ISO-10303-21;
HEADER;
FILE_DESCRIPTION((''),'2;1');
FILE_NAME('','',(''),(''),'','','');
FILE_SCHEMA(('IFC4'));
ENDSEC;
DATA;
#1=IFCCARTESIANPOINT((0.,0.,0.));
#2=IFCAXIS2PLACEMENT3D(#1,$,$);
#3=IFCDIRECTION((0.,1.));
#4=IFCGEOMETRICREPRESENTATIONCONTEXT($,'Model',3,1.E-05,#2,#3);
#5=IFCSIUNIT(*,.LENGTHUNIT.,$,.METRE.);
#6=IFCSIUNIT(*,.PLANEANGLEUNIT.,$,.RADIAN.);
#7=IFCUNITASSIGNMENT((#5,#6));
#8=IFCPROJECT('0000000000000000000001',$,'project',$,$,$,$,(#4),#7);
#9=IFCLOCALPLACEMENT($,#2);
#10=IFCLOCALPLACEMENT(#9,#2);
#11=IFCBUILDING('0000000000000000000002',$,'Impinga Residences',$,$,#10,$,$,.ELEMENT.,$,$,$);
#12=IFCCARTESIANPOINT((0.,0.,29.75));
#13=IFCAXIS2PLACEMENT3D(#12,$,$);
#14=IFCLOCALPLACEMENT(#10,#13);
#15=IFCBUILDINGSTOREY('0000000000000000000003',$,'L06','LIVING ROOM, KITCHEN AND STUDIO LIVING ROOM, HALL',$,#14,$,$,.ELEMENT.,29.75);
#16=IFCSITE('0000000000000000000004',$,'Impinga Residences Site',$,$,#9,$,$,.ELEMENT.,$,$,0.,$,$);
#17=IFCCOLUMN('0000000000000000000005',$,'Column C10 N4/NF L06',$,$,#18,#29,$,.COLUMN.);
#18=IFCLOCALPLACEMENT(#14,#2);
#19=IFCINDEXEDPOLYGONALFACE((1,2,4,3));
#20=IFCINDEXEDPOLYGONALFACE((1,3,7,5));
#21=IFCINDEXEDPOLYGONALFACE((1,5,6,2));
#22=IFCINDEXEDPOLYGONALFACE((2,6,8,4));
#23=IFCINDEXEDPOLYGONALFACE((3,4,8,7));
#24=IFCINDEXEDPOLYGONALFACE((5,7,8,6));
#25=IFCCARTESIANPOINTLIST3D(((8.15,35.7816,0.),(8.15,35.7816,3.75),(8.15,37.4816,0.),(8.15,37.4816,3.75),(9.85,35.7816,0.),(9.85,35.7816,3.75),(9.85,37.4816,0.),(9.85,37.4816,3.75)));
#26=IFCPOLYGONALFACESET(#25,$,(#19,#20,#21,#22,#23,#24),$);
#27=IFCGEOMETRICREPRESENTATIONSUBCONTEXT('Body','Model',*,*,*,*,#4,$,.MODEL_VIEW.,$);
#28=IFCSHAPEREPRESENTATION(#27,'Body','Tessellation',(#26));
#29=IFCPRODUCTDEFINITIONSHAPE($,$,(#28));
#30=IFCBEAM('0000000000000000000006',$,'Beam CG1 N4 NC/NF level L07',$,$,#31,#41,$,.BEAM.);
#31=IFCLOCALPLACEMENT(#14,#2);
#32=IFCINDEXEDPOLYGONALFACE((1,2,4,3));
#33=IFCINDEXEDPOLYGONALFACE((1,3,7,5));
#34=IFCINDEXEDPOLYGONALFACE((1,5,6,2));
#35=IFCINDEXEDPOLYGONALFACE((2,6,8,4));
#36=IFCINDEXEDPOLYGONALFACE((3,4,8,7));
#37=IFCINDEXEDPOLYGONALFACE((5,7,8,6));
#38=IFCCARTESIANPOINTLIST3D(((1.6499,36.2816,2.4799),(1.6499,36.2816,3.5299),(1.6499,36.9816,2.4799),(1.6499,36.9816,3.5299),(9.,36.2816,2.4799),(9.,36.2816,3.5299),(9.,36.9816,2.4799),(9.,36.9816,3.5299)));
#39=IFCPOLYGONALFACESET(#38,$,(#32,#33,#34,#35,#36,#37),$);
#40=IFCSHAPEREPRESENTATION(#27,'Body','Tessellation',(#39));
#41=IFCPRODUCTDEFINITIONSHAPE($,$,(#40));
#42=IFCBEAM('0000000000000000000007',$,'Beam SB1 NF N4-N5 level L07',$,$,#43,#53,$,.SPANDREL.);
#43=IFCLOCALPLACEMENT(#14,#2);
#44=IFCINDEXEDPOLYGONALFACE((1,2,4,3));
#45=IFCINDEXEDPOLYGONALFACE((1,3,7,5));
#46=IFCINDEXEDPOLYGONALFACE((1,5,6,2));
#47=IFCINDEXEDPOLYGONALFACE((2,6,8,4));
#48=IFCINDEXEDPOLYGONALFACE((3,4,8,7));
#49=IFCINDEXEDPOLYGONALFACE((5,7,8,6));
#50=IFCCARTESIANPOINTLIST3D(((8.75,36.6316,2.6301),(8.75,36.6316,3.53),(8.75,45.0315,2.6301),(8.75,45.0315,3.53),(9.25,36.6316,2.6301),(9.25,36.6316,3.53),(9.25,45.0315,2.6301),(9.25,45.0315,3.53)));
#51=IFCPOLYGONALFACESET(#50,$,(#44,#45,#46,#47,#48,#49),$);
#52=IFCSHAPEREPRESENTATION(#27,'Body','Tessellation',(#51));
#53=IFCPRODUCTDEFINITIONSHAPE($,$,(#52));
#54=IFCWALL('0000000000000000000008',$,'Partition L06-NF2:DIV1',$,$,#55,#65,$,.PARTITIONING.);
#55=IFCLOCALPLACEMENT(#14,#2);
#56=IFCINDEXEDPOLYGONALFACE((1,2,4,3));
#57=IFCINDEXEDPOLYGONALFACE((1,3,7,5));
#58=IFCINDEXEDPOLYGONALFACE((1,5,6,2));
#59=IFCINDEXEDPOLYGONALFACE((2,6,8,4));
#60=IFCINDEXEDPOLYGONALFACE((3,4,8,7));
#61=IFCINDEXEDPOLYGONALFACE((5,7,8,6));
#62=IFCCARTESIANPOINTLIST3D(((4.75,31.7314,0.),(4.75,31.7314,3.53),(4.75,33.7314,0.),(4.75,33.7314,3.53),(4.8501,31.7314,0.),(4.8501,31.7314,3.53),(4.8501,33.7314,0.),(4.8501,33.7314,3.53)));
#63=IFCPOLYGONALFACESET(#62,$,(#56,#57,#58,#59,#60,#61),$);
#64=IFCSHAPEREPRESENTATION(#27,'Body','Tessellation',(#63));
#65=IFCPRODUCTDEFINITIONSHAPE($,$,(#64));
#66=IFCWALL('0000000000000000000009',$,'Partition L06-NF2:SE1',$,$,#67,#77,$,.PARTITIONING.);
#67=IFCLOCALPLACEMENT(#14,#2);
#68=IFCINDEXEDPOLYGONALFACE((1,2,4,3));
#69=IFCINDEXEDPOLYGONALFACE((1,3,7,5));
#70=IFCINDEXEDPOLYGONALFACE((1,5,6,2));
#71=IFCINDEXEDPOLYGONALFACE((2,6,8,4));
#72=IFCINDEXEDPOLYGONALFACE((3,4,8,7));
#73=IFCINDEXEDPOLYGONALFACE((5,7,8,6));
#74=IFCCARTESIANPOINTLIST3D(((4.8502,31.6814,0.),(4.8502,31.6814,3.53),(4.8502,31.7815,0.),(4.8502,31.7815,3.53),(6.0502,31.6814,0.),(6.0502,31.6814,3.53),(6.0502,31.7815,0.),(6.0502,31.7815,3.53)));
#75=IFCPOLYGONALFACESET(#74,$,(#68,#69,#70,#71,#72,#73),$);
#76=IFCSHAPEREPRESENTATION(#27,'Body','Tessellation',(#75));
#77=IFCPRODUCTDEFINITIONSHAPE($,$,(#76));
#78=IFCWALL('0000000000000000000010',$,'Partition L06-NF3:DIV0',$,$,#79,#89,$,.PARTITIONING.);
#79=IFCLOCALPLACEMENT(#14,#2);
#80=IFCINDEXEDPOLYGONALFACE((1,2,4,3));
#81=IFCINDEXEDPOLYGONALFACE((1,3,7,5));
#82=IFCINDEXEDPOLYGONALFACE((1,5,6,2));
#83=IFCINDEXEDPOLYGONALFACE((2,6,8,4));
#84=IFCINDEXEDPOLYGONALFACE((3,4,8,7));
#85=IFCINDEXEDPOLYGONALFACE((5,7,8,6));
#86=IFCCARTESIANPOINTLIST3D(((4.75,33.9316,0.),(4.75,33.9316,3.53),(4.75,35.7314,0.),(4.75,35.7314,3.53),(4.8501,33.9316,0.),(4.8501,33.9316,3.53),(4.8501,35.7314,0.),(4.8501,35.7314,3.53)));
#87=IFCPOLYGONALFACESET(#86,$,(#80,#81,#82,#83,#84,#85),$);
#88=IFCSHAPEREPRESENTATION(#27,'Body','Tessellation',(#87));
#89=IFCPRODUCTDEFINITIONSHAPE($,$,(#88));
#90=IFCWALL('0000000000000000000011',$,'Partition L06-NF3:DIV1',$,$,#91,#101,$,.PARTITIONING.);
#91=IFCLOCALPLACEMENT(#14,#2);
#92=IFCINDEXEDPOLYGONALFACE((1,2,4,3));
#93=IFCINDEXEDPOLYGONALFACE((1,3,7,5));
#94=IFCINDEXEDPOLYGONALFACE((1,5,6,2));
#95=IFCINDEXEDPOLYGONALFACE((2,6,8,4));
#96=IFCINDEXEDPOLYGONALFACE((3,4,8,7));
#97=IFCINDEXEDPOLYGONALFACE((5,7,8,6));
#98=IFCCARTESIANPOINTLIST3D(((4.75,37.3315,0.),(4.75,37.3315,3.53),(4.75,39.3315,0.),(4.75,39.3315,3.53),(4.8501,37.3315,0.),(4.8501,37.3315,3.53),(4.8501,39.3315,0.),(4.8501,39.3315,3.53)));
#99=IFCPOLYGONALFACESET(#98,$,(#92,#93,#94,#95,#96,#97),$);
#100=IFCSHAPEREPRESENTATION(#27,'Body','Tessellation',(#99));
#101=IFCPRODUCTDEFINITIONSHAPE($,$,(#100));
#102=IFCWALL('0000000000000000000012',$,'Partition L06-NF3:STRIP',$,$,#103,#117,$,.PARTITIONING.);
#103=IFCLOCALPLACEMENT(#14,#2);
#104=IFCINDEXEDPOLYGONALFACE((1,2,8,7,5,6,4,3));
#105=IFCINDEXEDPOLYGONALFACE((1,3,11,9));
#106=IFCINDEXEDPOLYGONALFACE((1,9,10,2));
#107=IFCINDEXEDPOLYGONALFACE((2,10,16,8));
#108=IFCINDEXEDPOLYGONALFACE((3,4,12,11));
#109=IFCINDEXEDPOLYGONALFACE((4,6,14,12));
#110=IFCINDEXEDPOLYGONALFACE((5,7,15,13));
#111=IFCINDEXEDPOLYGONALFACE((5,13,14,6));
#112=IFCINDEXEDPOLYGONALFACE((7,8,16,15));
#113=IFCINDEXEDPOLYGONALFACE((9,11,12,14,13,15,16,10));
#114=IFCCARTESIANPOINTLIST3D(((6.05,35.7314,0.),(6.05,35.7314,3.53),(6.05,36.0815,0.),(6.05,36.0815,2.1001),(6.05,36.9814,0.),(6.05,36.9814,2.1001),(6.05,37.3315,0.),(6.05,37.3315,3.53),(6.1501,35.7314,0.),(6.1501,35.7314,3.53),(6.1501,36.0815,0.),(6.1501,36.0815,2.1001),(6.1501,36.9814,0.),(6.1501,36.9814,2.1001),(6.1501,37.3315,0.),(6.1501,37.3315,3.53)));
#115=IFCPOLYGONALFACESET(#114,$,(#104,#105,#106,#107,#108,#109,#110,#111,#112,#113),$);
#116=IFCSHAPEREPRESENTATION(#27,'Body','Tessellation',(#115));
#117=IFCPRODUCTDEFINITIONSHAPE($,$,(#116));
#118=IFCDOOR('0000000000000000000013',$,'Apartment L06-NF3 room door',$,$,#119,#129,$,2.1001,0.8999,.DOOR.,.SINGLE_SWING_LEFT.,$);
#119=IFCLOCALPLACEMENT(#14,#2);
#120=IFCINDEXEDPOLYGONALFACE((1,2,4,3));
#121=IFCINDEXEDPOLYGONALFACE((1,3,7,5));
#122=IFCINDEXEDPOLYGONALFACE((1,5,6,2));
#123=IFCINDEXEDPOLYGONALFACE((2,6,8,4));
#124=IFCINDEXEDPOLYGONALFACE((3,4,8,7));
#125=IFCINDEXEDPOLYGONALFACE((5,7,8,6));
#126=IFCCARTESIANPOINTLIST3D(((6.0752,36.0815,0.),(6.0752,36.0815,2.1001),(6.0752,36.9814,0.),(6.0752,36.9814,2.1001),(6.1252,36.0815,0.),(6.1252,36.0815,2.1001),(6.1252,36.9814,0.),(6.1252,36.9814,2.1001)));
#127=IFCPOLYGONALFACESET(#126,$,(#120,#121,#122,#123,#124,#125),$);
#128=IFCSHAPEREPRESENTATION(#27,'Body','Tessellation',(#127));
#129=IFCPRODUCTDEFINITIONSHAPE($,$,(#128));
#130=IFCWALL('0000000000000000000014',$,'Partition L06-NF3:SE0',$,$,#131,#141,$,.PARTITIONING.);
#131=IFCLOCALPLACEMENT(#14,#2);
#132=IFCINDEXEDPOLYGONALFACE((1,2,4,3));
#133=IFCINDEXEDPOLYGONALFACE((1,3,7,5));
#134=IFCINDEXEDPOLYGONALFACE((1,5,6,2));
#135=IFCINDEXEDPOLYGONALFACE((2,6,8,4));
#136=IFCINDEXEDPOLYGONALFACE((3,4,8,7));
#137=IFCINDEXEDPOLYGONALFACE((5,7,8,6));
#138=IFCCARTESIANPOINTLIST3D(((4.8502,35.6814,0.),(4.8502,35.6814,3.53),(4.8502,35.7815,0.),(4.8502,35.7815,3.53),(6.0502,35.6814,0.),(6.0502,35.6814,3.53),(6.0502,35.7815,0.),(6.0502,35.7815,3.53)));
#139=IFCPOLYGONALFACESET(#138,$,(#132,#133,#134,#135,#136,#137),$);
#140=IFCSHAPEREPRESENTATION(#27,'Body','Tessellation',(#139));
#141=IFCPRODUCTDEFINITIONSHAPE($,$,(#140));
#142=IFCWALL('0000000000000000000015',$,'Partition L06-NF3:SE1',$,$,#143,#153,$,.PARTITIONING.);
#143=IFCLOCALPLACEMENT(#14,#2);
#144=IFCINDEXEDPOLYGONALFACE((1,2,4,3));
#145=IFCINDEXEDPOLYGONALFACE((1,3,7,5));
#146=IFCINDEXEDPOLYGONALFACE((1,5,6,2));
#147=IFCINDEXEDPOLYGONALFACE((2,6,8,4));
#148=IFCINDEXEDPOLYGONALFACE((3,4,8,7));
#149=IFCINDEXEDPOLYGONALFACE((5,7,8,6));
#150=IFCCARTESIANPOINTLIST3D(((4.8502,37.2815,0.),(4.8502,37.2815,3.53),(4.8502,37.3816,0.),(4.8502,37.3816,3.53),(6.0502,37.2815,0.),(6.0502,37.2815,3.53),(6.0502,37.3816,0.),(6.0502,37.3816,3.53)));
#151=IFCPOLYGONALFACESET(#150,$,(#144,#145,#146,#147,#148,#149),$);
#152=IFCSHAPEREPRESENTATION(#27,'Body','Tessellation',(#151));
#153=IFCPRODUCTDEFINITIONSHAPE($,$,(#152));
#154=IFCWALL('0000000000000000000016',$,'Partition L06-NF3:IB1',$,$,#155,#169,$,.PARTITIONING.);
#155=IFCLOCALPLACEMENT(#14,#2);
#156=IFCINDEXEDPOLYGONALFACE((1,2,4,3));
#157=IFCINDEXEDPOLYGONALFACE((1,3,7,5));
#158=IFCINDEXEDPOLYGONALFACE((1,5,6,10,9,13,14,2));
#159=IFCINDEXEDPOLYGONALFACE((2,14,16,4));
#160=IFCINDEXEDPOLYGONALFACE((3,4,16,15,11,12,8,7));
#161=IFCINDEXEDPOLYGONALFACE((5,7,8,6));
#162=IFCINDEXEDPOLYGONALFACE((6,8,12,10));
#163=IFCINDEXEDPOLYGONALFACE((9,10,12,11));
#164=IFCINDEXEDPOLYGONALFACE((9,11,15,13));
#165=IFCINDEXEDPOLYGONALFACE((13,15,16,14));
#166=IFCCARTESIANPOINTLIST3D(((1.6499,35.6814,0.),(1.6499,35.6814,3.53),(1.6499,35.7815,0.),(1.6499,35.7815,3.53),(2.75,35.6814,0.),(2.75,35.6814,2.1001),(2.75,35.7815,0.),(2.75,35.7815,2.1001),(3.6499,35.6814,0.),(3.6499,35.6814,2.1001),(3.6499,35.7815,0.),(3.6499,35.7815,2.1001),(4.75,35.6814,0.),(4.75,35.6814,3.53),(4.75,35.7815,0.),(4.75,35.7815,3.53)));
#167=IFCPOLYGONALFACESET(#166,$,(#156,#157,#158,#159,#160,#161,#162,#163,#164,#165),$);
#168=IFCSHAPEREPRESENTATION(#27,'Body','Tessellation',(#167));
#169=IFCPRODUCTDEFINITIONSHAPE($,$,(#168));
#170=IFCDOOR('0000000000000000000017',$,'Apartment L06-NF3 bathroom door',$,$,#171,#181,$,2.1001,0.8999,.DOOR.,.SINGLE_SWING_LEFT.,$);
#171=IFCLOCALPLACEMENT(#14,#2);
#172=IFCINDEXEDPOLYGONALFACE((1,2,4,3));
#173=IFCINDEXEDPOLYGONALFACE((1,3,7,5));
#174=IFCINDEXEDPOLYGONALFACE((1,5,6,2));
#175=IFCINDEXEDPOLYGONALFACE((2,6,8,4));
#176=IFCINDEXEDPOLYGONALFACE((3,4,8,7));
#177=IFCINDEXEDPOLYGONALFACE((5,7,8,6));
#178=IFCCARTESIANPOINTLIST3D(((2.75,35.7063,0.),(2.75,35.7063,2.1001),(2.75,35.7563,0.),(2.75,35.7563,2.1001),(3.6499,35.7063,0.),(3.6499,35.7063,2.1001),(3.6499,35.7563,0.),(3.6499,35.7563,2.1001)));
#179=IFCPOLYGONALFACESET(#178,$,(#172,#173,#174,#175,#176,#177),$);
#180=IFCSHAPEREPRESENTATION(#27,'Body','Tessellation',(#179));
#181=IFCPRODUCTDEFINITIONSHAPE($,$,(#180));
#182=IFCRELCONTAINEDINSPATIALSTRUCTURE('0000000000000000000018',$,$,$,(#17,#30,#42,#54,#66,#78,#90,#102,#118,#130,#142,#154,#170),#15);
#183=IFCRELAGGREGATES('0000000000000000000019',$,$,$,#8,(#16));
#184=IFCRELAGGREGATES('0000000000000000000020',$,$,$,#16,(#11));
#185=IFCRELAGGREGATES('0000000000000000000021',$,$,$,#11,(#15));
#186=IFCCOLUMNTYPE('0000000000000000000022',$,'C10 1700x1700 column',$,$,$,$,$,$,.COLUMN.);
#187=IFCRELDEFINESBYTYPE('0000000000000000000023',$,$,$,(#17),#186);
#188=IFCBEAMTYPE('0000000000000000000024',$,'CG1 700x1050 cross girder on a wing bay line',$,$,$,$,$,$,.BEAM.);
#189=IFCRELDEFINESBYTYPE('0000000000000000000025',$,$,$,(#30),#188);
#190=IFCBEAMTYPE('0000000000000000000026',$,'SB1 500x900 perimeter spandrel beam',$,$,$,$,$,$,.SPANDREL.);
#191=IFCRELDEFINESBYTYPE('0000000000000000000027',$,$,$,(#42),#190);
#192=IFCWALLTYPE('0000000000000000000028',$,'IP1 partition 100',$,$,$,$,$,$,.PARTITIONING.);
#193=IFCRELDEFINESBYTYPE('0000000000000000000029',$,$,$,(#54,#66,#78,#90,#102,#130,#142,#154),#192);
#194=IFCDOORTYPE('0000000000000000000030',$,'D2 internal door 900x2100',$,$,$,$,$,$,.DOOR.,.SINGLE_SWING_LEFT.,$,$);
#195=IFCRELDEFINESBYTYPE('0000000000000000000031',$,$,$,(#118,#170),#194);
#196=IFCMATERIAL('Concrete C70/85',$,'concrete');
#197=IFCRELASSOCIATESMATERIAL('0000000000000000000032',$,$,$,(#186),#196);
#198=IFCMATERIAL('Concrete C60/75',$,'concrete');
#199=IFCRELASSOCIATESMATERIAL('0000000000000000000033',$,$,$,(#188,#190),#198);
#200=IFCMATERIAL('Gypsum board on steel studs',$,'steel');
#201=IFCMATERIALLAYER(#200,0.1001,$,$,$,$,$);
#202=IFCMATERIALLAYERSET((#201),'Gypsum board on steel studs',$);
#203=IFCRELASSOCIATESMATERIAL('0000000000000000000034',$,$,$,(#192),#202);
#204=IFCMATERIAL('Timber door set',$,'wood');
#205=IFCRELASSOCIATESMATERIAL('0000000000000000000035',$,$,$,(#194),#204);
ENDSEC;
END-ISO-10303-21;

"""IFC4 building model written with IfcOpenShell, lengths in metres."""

from ifc_helpers import new_model, si_unit, direction, frame, frame_2d, origin, origin_2d, place, context, subcontext, project, spatial, rectangle, extrude, material, layer, layer_set, material_profile, profile_set, type_object, element, fill, save


model = new_model("IFC4")

# Units and contexts
model_context = context("Model", 3, precision=1e-05, world=origin(), true_north=direction((0.0, 1.0)))
body_context = subcontext(model_context, "Body", "Model", "MODEL_VIEW")
ifc_project = project(units=[si_unit("LENGTHUNIT", "METRE"), si_unit("PLANEANGLEUNIT", "RADIAN")], contexts=[model_context])

# Site, building, storey
site_placement = place(None, origin())
site = spatial("IfcSite", under=ifc_project, at=site_placement, Name="Impinga Residences Site", CompositionType="ELEMENT", RefElevation=0.0)
building_placement = place(site_placement, origin())
building = spatial("IfcBuilding", under=site, at=building_placement, Name="Impinga Residences", CompositionType="ELEMENT")
storey_placement = place(building_placement, frame((0.0, 0.0, 29.75)))
storey = spatial("IfcBuildingStorey", under=building, at=storey_placement, Name="L06", Description="LIVING ROOM, KITCHEN AND STUDIO LIVING ROOM, HALL", CompositionType="ELEMENT", Elevation=29.75)

# Column
ifc_material_1 = material(Name="Concrete C70/85", Category="concrete")
ifc_material_profile_1 = material_profile(ifc_material_1, rectangle(XDim=1.7, YDim=1.7, at=origin_2d()), Name="RC 1700x1700")
ifc_profile_set_1 = profile_set([ifc_material_profile_1], Name="Concrete C70/85")
column_type = type_object("IfcColumnType", Name="C10 1700x1700 column", PredefinedType="COLUMN", material=ifc_profile_set_1)
column_placement = place(storey_placement, frame((9.0, 36.6316, 0.0), z_axis=(0.0, 0.0, 1.0), x_axis=(1.0, 0.0, 0.0)))
element("IfcColumn", 1, at=column_placement, inside=storey, type_object=column_type, Name="Column C10 N4/NF L06", PredefinedType="COLUMN", context=body_context, shape_type="SweptSolid", body=[
    extrude(rectangle(XDim=1.7, YDim=1.7, at=origin_2d()), origin(), (0.0, 0.0, 1.0), 3.75),
])

# Beams
ifc_material_2 = material(Name="Concrete C60/75", Category="concrete")
ifc_material_profile_2 = material_profile(ifc_material_2, rectangle(XDim=0.7, YDim=1.05, at=origin_2d()), Name="RC 700x1050")
ifc_profile_set_2 = profile_set([ifc_material_profile_2], Name="Concrete C60/75")
beam_type_1 = type_object("IfcBeamType", Name="CG1 700x1050 cross girder on a wing bay line", PredefinedType="BEAM", material=ifc_profile_set_2)
beam_1_placement = place(storey_placement, frame((1.6499, 36.6316, 3.0049), z_axis=(1.0, 0.0, 0.0), x_axis=(0.0, 1.0, 0.0)))
element("IfcBeam", 2, at=beam_1_placement, inside=storey, type_object=beam_type_1, Name="Beam CG1 N4 NC/NF level L07", PredefinedType="BEAM", context=body_context, shape_type="SweptSolid", body=[
    extrude(rectangle(XDim=0.7, YDim=1.05, at=origin_2d()), origin(), (0.0, 0.0, 1.0), 7.3501),
])
ifc_material_profile_3 = material_profile(ifc_material_2, rectangle(XDim=0.5, YDim=0.8999, at=origin_2d()), Name="RC 500x900")
ifc_profile_set_3 = profile_set([ifc_material_profile_3], Name="Concrete C60/75")
beam_type_2 = type_object("IfcBeamType", Name="SB1 500x900 perimeter spandrel beam", PredefinedType="SPANDREL", material=ifc_profile_set_3)
beam_2_placement = place(storey_placement, frame((9.0, 36.6316, 3.0801), z_axis=(0.0, 1.0, 0.0), x_axis=(-1.0, 0.0, 0.0)))
element("IfcBeam", 3, at=beam_2_placement, inside=storey, type_object=beam_type_2, Name="Beam SB1 NF N4-N5 level L07", PredefinedType="SPANDREL", context=body_context, shape_type="SweptSolid", body=[
    extrude(rectangle(XDim=0.5, YDim=0.8999, at=origin_2d()), origin(), (0.0, 0.0, 1.0), 8.3999),
])

# Walls
ifc_material_3 = material(Name="Gypsum board on steel studs", Category="steel")
ifc_layer_1 = layer(ifc_material_3, 0.1001)
ifc_layer_set_1 = layer_set([ifc_layer_1], Name="Gypsum board on steel studs")
wall_type_1 = type_object("IfcWallType", Name="IP1 partition 100", PredefinedType="PARTITIONING", material=ifc_layer_set_1)
wall_1_placement = place(storey_placement, frame((4.8, 31.7314, 0.0), z_axis=(0.0, 0.0, 1.0), x_axis=(0.0, 1.0, 0.0)))
element("IfcWall", 4, at=wall_1_placement, inside=storey, type_object=wall_type_1, Name="Partition L06-NF2:DIV1", PredefinedType="PARTITIONING", context=body_context, shape_type="SweptSolid", body=[
    extrude(rectangle(XDim=2.0, YDim=0.1001, at=frame_2d((1.0, 0.0))), origin(), (0.0, 0.0, 1.0), 3.53),
])
wall_2_placement = place(storey_placement, frame((4.8501, 31.7314, 0.0), z_axis=(0.0, 0.0, 1.0), x_axis=(1.0, 0.0, 0.0)))
element("IfcWall", 5, at=wall_2_placement, inside=storey, type_object=wall_type_1, Name="Partition L06-NF2:SE1", PredefinedType="PARTITIONING", context=body_context, shape_type="SweptSolid", body=[
    extrude(rectangle(XDim=1.2, YDim=0.1001, at=frame_2d((0.6001, 0.0))), origin(), (0.0, 0.0, 1.0), 3.53),
])
wall_3_placement = place(storey_placement, frame((4.8, 33.9316, 0.0), z_axis=(0.0, 0.0, 1.0), x_axis=(0.0, 1.0, 0.0)))
element("IfcWall", 6, at=wall_3_placement, inside=storey, type_object=wall_type_1, Name="Partition L06-NF3:DIV0", PredefinedType="PARTITIONING", context=body_context, shape_type="SweptSolid", body=[
    extrude(rectangle(XDim=1.7998, YDim=0.1001, at=frame_2d((0.8999, 0.0))), origin(), (0.0, 0.0, 1.0), 3.53),
])
wall_4_placement = place(storey_placement, frame((4.8, 37.3315, 0.0), z_axis=(0.0, 0.0, 1.0), x_axis=(0.0, 1.0, 0.0)))
element("IfcWall", 7, at=wall_4_placement, inside=storey, type_object=wall_type_1, Name="Partition L06-NF3:DIV1", PredefinedType="PARTITIONING", context=body_context, shape_type="SweptSolid", body=[
    extrude(rectangle(XDim=2.0, YDim=0.1001, at=frame_2d((1.0, 0.0))), origin(), (0.0, 0.0, 1.0), 3.53),
])

# Wall, opening, door
wall_5_placement = place(storey_placement, frame((6.1001, 35.7314, 0.0), z_axis=(0.0, 0.0, 1.0), x_axis=(0.0, 1.0, 0.0)))
wall_5 = element("IfcWall", 8, at=wall_5_placement, inside=storey, type_object=wall_type_1, Name="Partition L06-NF3:STRIP", PredefinedType="PARTITIONING", context=body_context, shape_type="SweptSolid", body=[
    extrude(rectangle(XDim=1.6001, YDim=0.1001, at=frame_2d((0.8, 0.0))), origin(), (0.0, 0.0, 1.0), 3.53),
])
opening_1_placement = place(wall_5_placement, frame((0.3501, 0.0, 0.0)))
opening_1 = element("IfcOpeningElement", 9, at=opening_1_placement, cuts=wall_5, PredefinedType="OPENING", context=body_context, shape_type="SweptSolid", body=[
    extrude(rectangle(XDim=0.8999, YDim=2.1001, at=frame_2d((0.45, 1.05))), frame((0.0, 0.0601, 0.0), z_axis=(0.0, -1.0, 0.0), x_axis=(1.0, 0.0, 0.0)), (0.0, 0.0, 1.0), 0.1201),
])
ifc_material_4 = material(Name="Timber door set", Category="wood")
door_type = type_object("IfcDoorType", Name="D2 internal door 900x2100", OperationType="SINGLE_SWING_LEFT", PredefinedType="DOOR", material=ifc_material_4)
door_1_placement = place(opening_1_placement, origin())
door_1 = element("IfcDoor", 10, at=door_1_placement, inside=storey, type_object=door_type, Name="Apartment L06-NF3 room door", OperationType="SINGLE_SWING_LEFT", OverallHeight=2.1001, OverallWidth=0.8999, PredefinedType="DOOR", context=body_context, shape_type="SweptSolid", body=[
    extrude(rectangle(XDim=0.8999, YDim=2.1001, at=frame_2d((0.45, 1.05))), frame((0.0, 0.0249, 0.0), z_axis=(0.0, -1.0, 0.0), x_axis=(1.0, 0.0, 0.0)), (0.0, 0.0, 1.0), 0.05),
])
fill(opening_1, door_1)

# Walls
for number, where, z_axis, x_axis, name in (
    (11, (4.8501, 35.7314, 0.0), (0.0, 0.0, 1.0), (1.0, 0.0, 0.0), "Partition L06-NF3:SE0"),
    (12, (4.8501, 37.3315, 0.0), (0.0, 0.0, 1.0), (1.0, 0.0, 0.0), "Partition L06-NF3:SE1"),
):
    element("IfcWall", number, at=place(storey_placement, frame(where, z_axis=z_axis, x_axis=x_axis)), inside=storey, type_object=wall_type_1, Name=name, PredefinedType="PARTITIONING", context=body_context, shape_type="SweptSolid", body=[
        extrude(rectangle(XDim=1.2, YDim=0.1001, at=frame_2d((0.6001, 0.0))), origin(), (0.0, 0.0, 1.0), 3.53),
    ])

# Wall, opening, door
wall_6_placement = place(storey_placement, frame((1.6499, 35.7314, 0.0), z_axis=(0.0, 0.0, 1.0), x_axis=(1.0, 0.0, 0.0)))
wall_6 = element("IfcWall", 13, at=wall_6_placement, inside=storey, type_object=wall_type_1, Name="Partition L06-NF3:IB1", PredefinedType="PARTITIONING", context=body_context, shape_type="SweptSolid", body=[
    extrude(rectangle(XDim=3.1001, YDim=0.1001, at=frame_2d((1.55, 0.0))), origin(), (0.0, 0.0, 1.0), 3.53),
])
opening_2_placement = place(wall_6_placement, frame((1.1001, 0.0, 0.0)))
opening_2 = element("IfcOpeningElement", 14, at=opening_2_placement, cuts=wall_6, PredefinedType="OPENING", context=body_context, shape_type="SweptSolid", body=[
    extrude(rectangle(XDim=0.8999, YDim=2.1001, at=frame_2d((0.45, 1.05))), frame((0.0, 0.0601, 0.0), z_axis=(0.0, -1.0, 0.0), x_axis=(1.0, 0.0, 0.0)), (0.0, 0.0, 1.0), 0.1201),
])
door_2_placement = place(opening_2_placement, origin())
door_2 = element("IfcDoor", 15, at=door_2_placement, inside=storey, type_object=door_type, Name="Apartment L06-NF3 bathroom door", OperationType="SINGLE_SWING_LEFT", OverallHeight=2.1001, OverallWidth=0.8999, PredefinedType="DOOR", context=body_context, shape_type="SweptSolid", body=[
    extrude(rectangle(XDim=0.8999, YDim=2.1001, at=frame_2d((0.45, 1.05))), frame((0.0, 0.0249, 0.0), z_axis=(0.0, -1.0, 0.0), x_axis=(1.0, 0.0, 0.0)), (0.0, 0.0, 1.0), 0.05),
])
fill(opening_2, door_2)

save(model, "model.ifc")
